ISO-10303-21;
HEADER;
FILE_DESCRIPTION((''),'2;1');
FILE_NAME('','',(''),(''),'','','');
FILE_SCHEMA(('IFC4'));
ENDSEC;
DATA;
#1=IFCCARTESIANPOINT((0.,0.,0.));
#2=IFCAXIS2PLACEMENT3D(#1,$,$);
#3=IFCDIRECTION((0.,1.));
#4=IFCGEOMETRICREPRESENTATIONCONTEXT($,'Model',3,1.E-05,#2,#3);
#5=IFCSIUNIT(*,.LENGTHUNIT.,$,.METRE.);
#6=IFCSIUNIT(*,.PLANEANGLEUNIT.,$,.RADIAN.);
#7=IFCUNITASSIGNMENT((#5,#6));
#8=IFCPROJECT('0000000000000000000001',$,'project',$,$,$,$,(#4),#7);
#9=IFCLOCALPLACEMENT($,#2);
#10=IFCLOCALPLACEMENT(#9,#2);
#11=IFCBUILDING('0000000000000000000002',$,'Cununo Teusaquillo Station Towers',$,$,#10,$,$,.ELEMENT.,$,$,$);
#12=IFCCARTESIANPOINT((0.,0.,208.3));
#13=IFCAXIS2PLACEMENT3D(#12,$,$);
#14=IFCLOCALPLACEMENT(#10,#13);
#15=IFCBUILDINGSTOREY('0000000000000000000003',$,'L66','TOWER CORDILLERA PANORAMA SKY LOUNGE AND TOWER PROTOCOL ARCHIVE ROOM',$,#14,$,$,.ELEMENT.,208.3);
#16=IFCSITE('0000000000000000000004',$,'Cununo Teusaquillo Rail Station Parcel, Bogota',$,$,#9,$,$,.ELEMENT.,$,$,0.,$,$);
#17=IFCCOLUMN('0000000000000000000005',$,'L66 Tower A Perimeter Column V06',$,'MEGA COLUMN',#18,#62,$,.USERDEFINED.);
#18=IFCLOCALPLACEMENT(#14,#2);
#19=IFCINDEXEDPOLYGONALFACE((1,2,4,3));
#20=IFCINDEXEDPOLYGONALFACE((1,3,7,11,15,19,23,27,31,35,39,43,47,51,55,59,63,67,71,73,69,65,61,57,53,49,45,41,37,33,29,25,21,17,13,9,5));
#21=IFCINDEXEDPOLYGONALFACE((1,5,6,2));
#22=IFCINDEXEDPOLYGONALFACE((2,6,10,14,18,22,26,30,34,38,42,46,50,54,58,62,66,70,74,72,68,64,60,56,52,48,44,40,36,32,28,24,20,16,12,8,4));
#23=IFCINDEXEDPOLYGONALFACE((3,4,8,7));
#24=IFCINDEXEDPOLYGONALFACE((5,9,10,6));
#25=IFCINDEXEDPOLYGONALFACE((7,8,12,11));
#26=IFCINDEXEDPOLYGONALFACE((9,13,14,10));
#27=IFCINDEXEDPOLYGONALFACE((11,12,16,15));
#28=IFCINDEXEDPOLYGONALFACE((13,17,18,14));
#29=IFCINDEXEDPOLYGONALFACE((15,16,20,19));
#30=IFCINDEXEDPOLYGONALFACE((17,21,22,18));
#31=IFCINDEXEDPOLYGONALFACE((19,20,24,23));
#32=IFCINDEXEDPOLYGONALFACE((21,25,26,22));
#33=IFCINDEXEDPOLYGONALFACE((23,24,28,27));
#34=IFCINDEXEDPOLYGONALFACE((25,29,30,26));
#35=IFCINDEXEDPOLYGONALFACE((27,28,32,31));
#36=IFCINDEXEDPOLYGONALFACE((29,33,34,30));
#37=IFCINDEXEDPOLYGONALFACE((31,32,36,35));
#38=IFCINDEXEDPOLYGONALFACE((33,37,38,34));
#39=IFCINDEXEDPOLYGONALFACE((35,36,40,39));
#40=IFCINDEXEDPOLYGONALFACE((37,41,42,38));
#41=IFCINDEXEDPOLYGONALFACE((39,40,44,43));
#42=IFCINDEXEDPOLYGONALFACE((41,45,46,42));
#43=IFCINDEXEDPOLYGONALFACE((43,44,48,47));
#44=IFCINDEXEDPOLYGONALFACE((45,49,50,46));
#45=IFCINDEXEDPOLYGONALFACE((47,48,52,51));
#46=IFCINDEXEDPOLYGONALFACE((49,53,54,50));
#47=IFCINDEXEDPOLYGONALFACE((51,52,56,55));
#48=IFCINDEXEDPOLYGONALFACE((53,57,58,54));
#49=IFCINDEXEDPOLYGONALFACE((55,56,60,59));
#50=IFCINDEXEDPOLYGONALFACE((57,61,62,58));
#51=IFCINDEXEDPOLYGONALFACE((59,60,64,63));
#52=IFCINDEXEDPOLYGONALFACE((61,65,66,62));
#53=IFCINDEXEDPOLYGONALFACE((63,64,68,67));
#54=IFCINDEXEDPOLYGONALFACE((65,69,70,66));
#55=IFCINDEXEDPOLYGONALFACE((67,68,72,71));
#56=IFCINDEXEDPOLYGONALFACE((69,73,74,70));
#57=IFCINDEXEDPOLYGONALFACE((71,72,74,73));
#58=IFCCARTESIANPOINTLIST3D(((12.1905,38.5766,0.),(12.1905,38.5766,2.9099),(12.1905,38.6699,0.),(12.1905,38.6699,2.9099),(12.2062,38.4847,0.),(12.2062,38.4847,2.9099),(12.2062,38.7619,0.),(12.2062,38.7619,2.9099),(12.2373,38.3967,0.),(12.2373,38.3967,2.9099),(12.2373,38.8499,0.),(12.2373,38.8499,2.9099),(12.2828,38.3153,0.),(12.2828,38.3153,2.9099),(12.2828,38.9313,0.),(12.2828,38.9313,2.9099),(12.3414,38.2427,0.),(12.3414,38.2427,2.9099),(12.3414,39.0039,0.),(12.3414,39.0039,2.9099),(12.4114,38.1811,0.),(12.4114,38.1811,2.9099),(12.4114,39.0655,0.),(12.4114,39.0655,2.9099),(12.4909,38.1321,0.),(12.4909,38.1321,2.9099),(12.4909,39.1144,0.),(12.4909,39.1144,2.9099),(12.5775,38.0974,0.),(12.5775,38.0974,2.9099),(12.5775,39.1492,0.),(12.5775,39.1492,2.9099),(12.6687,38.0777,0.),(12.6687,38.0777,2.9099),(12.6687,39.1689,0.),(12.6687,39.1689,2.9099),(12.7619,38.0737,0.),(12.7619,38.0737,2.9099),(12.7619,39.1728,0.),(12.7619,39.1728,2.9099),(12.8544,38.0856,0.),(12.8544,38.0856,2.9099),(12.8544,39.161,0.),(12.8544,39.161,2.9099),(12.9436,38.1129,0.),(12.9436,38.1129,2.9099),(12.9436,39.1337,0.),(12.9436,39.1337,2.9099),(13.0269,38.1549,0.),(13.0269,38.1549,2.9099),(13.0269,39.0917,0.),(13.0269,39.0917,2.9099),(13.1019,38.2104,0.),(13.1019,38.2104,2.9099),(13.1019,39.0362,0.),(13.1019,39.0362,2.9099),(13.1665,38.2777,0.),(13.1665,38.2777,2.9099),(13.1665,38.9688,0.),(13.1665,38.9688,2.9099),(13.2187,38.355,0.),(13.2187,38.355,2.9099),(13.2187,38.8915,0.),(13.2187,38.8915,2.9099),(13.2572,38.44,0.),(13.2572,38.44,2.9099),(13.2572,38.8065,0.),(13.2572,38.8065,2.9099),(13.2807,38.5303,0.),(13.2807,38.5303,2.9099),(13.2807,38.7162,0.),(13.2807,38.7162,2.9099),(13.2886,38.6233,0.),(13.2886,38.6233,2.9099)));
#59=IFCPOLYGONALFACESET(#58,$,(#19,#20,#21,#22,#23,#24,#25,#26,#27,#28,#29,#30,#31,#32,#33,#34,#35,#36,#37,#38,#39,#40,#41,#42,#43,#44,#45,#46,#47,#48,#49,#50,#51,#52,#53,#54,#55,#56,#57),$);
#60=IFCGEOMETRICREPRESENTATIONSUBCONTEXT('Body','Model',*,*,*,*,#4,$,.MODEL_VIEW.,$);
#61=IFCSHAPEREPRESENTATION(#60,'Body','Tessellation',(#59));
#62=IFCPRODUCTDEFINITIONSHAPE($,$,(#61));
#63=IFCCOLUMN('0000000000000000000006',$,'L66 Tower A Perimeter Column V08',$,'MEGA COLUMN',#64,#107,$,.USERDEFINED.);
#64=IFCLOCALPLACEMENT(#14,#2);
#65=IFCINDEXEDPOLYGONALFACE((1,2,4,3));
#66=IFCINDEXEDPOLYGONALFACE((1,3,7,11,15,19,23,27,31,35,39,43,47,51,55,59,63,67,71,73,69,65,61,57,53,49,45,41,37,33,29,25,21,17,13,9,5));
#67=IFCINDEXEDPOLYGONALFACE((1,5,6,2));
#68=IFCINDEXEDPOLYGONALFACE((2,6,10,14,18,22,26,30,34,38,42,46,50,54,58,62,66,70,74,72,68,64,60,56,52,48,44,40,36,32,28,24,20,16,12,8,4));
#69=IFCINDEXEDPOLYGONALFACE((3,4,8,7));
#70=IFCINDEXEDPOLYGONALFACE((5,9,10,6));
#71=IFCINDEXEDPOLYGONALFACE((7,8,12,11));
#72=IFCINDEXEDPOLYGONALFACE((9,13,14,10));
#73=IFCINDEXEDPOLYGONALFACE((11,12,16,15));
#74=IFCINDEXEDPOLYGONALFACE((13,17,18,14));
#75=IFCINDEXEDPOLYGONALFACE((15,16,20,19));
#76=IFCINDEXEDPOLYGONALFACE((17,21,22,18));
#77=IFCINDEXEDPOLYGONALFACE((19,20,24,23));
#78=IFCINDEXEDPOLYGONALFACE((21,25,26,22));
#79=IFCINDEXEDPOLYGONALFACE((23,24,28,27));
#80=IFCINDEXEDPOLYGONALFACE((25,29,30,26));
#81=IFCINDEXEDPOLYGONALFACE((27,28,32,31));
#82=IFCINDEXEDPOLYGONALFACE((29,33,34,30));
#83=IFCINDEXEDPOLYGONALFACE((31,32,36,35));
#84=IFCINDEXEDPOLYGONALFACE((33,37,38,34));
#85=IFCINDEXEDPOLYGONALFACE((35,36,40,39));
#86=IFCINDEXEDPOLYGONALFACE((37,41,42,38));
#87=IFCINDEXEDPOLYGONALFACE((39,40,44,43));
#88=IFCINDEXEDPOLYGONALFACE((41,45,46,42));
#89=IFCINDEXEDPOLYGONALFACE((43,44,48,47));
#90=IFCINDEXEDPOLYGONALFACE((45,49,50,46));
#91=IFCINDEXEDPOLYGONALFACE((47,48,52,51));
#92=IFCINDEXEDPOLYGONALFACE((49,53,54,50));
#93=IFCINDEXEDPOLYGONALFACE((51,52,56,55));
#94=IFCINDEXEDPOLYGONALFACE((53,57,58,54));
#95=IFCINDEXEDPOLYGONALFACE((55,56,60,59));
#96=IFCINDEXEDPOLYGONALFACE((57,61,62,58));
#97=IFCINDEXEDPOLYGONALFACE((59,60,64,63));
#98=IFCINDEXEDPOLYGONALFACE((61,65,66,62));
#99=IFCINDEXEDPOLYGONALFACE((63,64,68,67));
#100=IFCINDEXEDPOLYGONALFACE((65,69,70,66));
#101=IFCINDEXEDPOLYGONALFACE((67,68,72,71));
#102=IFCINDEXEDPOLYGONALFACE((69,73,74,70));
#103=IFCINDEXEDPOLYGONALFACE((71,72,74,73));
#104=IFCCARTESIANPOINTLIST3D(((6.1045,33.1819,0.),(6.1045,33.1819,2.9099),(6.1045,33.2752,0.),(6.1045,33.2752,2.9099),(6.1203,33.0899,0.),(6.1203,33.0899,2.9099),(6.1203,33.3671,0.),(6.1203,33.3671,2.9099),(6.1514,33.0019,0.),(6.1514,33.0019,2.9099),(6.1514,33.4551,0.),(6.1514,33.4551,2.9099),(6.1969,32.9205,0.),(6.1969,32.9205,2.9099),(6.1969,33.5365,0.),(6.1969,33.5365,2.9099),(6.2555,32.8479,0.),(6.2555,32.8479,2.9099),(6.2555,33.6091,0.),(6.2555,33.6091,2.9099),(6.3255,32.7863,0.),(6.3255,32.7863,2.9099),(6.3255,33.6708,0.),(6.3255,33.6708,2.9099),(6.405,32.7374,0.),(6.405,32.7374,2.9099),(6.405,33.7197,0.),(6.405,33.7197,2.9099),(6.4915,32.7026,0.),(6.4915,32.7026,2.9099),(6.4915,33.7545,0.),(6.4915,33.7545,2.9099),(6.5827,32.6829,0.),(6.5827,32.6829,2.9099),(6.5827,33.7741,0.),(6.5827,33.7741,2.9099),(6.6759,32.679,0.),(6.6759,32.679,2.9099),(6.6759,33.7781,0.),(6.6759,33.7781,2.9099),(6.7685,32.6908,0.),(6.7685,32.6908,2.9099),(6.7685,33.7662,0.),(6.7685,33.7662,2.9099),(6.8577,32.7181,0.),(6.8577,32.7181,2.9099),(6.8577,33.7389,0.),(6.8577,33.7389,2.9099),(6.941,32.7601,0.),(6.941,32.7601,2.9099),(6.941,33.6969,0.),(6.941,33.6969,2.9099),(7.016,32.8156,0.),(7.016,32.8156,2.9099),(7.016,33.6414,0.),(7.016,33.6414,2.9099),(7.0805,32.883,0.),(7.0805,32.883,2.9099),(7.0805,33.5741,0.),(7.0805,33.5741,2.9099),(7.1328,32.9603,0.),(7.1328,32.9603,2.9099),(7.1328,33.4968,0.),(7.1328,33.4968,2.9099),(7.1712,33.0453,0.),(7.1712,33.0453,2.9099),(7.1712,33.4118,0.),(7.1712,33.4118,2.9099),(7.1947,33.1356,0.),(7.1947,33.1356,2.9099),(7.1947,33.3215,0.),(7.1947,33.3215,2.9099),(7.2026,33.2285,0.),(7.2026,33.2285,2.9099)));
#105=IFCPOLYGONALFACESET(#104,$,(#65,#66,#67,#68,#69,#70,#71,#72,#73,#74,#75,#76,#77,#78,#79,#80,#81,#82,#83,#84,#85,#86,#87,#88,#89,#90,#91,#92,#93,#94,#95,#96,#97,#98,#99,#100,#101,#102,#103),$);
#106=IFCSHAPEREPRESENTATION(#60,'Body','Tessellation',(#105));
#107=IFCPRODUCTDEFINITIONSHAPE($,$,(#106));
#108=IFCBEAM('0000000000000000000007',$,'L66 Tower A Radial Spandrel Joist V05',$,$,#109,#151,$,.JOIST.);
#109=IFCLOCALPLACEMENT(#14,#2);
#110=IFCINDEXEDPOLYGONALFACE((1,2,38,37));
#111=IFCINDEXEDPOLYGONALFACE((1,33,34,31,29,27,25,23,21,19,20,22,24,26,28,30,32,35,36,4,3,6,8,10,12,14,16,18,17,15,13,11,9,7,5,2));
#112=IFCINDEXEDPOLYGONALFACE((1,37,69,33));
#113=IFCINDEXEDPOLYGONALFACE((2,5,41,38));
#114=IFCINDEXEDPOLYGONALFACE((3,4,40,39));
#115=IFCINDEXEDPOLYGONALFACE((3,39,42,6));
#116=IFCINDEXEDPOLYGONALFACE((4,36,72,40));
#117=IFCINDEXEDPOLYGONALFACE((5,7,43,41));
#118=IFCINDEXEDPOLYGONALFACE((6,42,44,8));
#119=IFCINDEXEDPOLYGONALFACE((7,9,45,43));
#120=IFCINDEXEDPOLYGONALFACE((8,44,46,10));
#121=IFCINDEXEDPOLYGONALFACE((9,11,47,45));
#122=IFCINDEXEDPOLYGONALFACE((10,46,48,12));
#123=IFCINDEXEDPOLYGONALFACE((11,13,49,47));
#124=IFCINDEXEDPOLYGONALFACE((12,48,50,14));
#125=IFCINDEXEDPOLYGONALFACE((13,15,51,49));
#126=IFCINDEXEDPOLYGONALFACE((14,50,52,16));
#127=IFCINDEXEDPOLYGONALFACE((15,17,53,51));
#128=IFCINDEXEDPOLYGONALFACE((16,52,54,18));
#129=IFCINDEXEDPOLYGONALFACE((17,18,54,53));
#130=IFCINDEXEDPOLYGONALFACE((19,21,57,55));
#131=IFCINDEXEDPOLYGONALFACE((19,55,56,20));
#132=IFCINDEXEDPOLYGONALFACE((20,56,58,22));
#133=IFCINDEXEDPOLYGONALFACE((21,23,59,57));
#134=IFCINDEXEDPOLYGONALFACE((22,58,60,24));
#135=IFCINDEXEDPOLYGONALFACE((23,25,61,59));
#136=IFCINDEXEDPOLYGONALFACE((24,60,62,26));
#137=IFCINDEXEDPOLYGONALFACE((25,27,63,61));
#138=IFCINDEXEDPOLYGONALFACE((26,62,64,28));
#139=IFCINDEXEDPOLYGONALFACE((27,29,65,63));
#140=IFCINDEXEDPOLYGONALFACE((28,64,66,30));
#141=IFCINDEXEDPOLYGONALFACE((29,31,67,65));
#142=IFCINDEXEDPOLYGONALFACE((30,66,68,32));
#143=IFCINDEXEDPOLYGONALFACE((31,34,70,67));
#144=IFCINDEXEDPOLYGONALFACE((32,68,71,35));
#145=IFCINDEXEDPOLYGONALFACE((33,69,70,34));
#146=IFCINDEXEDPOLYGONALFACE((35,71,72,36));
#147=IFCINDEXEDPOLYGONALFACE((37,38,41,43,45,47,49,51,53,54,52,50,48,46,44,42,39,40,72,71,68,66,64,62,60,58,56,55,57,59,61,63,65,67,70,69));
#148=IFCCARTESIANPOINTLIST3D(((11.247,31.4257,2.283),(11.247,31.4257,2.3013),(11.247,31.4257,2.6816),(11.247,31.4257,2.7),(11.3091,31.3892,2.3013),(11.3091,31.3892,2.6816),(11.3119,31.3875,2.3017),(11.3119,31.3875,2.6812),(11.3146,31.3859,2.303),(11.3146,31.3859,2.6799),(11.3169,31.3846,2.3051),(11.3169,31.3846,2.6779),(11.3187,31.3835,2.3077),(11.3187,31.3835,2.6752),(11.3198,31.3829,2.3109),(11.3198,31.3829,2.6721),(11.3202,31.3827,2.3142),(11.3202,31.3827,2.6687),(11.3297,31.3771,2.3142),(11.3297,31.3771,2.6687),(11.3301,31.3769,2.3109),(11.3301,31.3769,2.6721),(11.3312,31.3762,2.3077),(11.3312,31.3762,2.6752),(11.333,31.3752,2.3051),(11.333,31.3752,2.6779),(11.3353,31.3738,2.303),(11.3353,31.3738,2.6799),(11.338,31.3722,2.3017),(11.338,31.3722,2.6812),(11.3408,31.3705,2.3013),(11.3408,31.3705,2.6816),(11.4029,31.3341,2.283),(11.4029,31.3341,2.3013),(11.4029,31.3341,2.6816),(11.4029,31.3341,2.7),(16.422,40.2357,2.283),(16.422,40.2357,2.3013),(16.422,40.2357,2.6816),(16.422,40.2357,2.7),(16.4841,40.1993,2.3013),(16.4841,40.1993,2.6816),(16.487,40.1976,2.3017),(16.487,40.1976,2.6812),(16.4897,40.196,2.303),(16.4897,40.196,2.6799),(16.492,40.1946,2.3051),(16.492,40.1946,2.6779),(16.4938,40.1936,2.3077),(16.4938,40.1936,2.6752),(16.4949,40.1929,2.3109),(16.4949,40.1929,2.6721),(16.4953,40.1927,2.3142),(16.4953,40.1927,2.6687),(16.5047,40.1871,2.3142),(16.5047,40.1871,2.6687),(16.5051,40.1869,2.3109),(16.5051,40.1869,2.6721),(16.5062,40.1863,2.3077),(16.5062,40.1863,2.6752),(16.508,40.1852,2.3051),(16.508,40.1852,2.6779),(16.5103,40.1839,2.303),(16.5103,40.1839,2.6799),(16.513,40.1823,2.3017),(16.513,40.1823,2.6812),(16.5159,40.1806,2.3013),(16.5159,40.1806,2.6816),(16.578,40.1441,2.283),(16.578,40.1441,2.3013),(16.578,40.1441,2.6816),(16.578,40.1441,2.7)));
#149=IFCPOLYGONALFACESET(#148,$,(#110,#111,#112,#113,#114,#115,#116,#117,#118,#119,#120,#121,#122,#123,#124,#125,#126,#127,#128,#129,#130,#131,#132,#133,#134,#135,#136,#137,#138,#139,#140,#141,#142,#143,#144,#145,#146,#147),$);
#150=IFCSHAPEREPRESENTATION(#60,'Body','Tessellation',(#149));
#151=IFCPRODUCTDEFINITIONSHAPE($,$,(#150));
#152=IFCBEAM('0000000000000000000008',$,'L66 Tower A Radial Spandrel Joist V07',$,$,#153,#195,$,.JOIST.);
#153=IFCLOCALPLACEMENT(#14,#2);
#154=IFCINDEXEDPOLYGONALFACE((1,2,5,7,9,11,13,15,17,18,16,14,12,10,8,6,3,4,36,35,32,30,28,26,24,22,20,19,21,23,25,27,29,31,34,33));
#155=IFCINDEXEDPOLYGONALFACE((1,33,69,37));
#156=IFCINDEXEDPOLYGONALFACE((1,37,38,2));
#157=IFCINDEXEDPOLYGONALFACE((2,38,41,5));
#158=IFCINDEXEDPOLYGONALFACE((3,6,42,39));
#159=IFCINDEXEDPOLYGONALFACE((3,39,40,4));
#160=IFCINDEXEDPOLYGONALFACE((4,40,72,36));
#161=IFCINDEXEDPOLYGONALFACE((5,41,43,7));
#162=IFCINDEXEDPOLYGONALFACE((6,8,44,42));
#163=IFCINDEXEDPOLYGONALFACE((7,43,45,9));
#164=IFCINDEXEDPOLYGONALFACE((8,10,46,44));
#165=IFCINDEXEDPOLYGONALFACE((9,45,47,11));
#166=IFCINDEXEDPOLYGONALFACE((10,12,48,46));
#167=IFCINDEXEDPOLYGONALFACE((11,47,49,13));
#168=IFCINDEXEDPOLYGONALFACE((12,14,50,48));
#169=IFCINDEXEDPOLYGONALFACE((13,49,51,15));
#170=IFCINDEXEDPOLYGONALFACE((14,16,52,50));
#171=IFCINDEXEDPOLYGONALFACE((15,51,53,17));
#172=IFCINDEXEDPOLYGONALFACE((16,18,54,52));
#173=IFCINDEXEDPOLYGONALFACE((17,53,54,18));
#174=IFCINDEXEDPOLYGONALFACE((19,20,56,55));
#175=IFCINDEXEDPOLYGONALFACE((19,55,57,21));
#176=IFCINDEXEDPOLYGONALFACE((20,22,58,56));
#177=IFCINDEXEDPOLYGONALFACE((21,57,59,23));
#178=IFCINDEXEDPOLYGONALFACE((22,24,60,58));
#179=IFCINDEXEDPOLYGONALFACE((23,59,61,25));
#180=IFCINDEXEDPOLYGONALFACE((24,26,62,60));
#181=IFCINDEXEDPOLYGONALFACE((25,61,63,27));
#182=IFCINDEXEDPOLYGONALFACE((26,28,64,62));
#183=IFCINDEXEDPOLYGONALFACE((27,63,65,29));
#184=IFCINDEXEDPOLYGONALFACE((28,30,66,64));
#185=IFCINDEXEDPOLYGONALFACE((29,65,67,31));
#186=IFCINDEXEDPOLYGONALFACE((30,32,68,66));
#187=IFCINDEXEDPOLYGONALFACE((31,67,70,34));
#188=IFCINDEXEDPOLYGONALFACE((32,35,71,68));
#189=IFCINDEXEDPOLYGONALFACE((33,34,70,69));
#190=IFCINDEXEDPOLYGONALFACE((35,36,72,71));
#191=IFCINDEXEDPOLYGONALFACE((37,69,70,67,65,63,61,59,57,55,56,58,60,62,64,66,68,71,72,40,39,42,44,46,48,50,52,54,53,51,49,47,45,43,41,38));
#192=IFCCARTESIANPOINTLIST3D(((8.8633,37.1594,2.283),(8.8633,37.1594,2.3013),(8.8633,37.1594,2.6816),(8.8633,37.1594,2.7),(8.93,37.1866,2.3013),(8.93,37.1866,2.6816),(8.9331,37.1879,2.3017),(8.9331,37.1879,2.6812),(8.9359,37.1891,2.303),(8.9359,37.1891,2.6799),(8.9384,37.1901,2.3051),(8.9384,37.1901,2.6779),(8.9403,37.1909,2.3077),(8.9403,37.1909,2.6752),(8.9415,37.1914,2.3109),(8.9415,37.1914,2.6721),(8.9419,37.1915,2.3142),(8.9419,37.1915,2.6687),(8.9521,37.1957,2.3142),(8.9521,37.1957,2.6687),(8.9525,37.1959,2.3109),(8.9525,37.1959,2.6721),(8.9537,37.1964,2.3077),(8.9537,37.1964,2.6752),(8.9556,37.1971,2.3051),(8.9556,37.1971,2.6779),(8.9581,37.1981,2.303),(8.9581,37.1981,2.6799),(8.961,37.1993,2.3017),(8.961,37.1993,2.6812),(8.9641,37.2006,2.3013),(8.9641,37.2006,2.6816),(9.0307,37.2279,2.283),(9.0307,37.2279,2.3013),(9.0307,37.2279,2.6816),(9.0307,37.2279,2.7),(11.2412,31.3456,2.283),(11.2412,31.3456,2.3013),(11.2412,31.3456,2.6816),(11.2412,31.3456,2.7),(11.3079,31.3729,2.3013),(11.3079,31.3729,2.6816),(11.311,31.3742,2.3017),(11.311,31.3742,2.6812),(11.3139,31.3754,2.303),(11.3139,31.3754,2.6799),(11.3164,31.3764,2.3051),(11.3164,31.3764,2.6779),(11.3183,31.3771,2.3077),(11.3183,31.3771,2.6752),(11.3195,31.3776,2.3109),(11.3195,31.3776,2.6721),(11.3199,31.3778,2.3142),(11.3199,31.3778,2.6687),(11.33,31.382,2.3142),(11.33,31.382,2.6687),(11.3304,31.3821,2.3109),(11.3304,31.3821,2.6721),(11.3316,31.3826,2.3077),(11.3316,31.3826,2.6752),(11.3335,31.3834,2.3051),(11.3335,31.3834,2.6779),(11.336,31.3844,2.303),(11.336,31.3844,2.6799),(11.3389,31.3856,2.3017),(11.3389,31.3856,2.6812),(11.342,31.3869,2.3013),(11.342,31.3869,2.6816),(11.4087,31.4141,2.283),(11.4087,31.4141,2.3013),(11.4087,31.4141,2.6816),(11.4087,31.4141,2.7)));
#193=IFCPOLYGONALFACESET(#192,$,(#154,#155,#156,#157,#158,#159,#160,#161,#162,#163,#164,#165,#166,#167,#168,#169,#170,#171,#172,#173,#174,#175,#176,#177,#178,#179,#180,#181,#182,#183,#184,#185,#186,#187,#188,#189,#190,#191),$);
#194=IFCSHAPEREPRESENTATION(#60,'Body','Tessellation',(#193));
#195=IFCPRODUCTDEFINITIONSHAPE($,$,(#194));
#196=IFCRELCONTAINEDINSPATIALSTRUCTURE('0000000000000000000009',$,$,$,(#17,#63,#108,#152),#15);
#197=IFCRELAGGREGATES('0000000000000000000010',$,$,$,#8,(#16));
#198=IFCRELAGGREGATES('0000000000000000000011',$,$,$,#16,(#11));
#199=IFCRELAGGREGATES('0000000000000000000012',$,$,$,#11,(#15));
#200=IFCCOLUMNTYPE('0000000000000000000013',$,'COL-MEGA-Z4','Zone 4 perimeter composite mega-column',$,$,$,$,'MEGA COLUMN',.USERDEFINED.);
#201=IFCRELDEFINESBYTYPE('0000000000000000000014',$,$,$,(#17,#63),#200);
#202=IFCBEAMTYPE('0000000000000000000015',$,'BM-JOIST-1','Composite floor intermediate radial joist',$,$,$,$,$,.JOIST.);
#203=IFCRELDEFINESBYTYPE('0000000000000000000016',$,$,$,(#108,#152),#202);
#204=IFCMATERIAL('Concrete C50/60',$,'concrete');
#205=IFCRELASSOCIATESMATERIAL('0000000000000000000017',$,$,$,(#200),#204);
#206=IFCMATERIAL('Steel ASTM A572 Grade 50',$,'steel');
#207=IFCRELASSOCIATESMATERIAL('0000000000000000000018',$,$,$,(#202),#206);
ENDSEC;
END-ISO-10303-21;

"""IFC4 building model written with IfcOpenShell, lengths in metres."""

from ifc_helpers import new_model, si_unit, direction, frame, origin, origin_2d, place, context, subcontext, project, spatial, circle, i_section, extrude, material, material_profile, profile_set, type_object, element, save


model = new_model("IFC4")

# Units and contexts
model_context = context("Model", 3, precision=1e-05, world=origin(), true_north=direction((0.0, 1.0)))
body_context = subcontext(model_context, "Body", "Model", "MODEL_VIEW")
ifc_project = project(units=[si_unit("LENGTHUNIT", "METRE"), si_unit("PLANEANGLEUNIT", "RADIAN")], contexts=[model_context])

# Site, building, storey
site_placement = place(None, origin())
site = spatial("IfcSite", under=ifc_project, at=site_placement, Name="Cununo Teusaquillo Rail Station Parcel, Bogota", CompositionType="ELEMENT", RefElevation=0.0)
building_placement = place(site_placement, origin())
building = spatial("IfcBuilding", under=site, at=building_placement, Name="Cununo Teusaquillo Station Towers", CompositionType="ELEMENT")
storey_placement = place(building_placement, frame((0.0, 0.0, 208.3)))
storey = spatial("IfcBuildingStorey", under=building, at=storey_placement, Name="L66", Description="TOWER CORDILLERA PANORAMA SKY LOUNGE AND TOWER PROTOCOL ARCHIVE ROOM", CompositionType="ELEMENT", Elevation=208.3)

# Columns
ifc_material_1 = material(Name="Concrete C50/60", Category="concrete")
ifc_material_profile_1 = material_profile(ifc_material_1, circle(Radius=0.55, at=origin_2d()), Name="RC-CIRC-1100")
ifc_profile_set_1 = profile_set([ifc_material_profile_1], Name="Concrete C50/60")
column_type = type_object("IfcColumnType", Name="COL-MEGA-Z4", Description="Zone 4 perimeter composite mega-column", ElementType="MEGA COLUMN", PredefinedType="USERDEFINED", material=ifc_profile_set_1)
for number, where, z_axis, x_axis, name in (
    (1, (12.7385, 38.6233, 0.0), (0.0, 0.0, 1.0), (1.0, 0.0, 0.0), "L66 Tower A Perimeter Column V06"),
    (2, (6.6526, 33.2285, 0.0), (0.0, 0.0, 1.0), (1.0, 0.0, 0.0), "L66 Tower A Perimeter Column V08"),
):
    element("IfcColumn", number, at=place(storey_placement, frame(where, z_axis=z_axis, x_axis=x_axis)), inside=storey, type_object=column_type, Name=name, ObjectType="MEGA COLUMN", PredefinedType="USERDEFINED", context=body_context, shape_type="SweptSolid", body=[
        extrude(circle(Radius=0.55, at=origin_2d()), origin(), (0.0, 0.0, 1.0), 2.9099),
    ])

# Beams
ifc_material_2 = material(Name="Steel ASTM A572 Grade 50", Category="steel")
ifc_material_profile_2 = material_profile(ifc_material_2, i_section(OverallWidth=0.1809, OverallDepth=0.417, WebThickness=0.011, FlangeThickness=0.0183, FilletRadius=0.0129, at=origin_2d()), Name="W16X57")
ifc_profile_set_2 = profile_set([ifc_material_profile_2], Name="Steel ASTM A572 Grade 50")
beam_type_1 = type_object("IfcBeamType", Name="BM-JOIST-1", Description="Composite floor intermediate radial joist", PredefinedType="JOIST", material=ifc_profile_set_2)
beam_1_placement = place(storey_placement, frame((11.325, 31.3799, 2.4915), z_axis=(0.506486, 0.862248, 0.0), x_axis=(-0.862248, 0.506486, 0.0)))
element("IfcBeam", 3, at=beam_1_placement, inside=storey, type_object=beam_type_1, Name="L66 Tower A Radial Spandrel Joist V05", PredefinedType="JOIST", context=body_context, shape_type="SweptSolid", body=[
    extrude(i_section(OverallWidth=0.1809, OverallDepth=0.417, WebThickness=0.011, FlangeThickness=0.0183, FilletRadius=0.0129, at=origin_2d()), origin(), (0.0, 0.0, 1.0), 10.2175),
])
beam_2_placement = place(storey_placement, frame((11.325, 31.3799, 2.4915), z_axis=(-0.378577, 0.92557, 0.0), x_axis=(-0.92557, -0.378577, 0.0)))
element("IfcBeam", 4, at=beam_2_placement, inside=storey, type_object=beam_type_1, Name="L66 Tower A Radial Spandrel Joist V07", PredefinedType="JOIST", context=body_context, shape_type="SweptSolid", body=[
    extrude(i_section(OverallWidth=0.1809, OverallDepth=0.417, WebThickness=0.011, FlangeThickness=0.0183, FilletRadius=0.0129, at=origin_2d()), origin(), (0.0, 0.0, 1.0), 6.2812),
])

save(model, "model.ifc")
